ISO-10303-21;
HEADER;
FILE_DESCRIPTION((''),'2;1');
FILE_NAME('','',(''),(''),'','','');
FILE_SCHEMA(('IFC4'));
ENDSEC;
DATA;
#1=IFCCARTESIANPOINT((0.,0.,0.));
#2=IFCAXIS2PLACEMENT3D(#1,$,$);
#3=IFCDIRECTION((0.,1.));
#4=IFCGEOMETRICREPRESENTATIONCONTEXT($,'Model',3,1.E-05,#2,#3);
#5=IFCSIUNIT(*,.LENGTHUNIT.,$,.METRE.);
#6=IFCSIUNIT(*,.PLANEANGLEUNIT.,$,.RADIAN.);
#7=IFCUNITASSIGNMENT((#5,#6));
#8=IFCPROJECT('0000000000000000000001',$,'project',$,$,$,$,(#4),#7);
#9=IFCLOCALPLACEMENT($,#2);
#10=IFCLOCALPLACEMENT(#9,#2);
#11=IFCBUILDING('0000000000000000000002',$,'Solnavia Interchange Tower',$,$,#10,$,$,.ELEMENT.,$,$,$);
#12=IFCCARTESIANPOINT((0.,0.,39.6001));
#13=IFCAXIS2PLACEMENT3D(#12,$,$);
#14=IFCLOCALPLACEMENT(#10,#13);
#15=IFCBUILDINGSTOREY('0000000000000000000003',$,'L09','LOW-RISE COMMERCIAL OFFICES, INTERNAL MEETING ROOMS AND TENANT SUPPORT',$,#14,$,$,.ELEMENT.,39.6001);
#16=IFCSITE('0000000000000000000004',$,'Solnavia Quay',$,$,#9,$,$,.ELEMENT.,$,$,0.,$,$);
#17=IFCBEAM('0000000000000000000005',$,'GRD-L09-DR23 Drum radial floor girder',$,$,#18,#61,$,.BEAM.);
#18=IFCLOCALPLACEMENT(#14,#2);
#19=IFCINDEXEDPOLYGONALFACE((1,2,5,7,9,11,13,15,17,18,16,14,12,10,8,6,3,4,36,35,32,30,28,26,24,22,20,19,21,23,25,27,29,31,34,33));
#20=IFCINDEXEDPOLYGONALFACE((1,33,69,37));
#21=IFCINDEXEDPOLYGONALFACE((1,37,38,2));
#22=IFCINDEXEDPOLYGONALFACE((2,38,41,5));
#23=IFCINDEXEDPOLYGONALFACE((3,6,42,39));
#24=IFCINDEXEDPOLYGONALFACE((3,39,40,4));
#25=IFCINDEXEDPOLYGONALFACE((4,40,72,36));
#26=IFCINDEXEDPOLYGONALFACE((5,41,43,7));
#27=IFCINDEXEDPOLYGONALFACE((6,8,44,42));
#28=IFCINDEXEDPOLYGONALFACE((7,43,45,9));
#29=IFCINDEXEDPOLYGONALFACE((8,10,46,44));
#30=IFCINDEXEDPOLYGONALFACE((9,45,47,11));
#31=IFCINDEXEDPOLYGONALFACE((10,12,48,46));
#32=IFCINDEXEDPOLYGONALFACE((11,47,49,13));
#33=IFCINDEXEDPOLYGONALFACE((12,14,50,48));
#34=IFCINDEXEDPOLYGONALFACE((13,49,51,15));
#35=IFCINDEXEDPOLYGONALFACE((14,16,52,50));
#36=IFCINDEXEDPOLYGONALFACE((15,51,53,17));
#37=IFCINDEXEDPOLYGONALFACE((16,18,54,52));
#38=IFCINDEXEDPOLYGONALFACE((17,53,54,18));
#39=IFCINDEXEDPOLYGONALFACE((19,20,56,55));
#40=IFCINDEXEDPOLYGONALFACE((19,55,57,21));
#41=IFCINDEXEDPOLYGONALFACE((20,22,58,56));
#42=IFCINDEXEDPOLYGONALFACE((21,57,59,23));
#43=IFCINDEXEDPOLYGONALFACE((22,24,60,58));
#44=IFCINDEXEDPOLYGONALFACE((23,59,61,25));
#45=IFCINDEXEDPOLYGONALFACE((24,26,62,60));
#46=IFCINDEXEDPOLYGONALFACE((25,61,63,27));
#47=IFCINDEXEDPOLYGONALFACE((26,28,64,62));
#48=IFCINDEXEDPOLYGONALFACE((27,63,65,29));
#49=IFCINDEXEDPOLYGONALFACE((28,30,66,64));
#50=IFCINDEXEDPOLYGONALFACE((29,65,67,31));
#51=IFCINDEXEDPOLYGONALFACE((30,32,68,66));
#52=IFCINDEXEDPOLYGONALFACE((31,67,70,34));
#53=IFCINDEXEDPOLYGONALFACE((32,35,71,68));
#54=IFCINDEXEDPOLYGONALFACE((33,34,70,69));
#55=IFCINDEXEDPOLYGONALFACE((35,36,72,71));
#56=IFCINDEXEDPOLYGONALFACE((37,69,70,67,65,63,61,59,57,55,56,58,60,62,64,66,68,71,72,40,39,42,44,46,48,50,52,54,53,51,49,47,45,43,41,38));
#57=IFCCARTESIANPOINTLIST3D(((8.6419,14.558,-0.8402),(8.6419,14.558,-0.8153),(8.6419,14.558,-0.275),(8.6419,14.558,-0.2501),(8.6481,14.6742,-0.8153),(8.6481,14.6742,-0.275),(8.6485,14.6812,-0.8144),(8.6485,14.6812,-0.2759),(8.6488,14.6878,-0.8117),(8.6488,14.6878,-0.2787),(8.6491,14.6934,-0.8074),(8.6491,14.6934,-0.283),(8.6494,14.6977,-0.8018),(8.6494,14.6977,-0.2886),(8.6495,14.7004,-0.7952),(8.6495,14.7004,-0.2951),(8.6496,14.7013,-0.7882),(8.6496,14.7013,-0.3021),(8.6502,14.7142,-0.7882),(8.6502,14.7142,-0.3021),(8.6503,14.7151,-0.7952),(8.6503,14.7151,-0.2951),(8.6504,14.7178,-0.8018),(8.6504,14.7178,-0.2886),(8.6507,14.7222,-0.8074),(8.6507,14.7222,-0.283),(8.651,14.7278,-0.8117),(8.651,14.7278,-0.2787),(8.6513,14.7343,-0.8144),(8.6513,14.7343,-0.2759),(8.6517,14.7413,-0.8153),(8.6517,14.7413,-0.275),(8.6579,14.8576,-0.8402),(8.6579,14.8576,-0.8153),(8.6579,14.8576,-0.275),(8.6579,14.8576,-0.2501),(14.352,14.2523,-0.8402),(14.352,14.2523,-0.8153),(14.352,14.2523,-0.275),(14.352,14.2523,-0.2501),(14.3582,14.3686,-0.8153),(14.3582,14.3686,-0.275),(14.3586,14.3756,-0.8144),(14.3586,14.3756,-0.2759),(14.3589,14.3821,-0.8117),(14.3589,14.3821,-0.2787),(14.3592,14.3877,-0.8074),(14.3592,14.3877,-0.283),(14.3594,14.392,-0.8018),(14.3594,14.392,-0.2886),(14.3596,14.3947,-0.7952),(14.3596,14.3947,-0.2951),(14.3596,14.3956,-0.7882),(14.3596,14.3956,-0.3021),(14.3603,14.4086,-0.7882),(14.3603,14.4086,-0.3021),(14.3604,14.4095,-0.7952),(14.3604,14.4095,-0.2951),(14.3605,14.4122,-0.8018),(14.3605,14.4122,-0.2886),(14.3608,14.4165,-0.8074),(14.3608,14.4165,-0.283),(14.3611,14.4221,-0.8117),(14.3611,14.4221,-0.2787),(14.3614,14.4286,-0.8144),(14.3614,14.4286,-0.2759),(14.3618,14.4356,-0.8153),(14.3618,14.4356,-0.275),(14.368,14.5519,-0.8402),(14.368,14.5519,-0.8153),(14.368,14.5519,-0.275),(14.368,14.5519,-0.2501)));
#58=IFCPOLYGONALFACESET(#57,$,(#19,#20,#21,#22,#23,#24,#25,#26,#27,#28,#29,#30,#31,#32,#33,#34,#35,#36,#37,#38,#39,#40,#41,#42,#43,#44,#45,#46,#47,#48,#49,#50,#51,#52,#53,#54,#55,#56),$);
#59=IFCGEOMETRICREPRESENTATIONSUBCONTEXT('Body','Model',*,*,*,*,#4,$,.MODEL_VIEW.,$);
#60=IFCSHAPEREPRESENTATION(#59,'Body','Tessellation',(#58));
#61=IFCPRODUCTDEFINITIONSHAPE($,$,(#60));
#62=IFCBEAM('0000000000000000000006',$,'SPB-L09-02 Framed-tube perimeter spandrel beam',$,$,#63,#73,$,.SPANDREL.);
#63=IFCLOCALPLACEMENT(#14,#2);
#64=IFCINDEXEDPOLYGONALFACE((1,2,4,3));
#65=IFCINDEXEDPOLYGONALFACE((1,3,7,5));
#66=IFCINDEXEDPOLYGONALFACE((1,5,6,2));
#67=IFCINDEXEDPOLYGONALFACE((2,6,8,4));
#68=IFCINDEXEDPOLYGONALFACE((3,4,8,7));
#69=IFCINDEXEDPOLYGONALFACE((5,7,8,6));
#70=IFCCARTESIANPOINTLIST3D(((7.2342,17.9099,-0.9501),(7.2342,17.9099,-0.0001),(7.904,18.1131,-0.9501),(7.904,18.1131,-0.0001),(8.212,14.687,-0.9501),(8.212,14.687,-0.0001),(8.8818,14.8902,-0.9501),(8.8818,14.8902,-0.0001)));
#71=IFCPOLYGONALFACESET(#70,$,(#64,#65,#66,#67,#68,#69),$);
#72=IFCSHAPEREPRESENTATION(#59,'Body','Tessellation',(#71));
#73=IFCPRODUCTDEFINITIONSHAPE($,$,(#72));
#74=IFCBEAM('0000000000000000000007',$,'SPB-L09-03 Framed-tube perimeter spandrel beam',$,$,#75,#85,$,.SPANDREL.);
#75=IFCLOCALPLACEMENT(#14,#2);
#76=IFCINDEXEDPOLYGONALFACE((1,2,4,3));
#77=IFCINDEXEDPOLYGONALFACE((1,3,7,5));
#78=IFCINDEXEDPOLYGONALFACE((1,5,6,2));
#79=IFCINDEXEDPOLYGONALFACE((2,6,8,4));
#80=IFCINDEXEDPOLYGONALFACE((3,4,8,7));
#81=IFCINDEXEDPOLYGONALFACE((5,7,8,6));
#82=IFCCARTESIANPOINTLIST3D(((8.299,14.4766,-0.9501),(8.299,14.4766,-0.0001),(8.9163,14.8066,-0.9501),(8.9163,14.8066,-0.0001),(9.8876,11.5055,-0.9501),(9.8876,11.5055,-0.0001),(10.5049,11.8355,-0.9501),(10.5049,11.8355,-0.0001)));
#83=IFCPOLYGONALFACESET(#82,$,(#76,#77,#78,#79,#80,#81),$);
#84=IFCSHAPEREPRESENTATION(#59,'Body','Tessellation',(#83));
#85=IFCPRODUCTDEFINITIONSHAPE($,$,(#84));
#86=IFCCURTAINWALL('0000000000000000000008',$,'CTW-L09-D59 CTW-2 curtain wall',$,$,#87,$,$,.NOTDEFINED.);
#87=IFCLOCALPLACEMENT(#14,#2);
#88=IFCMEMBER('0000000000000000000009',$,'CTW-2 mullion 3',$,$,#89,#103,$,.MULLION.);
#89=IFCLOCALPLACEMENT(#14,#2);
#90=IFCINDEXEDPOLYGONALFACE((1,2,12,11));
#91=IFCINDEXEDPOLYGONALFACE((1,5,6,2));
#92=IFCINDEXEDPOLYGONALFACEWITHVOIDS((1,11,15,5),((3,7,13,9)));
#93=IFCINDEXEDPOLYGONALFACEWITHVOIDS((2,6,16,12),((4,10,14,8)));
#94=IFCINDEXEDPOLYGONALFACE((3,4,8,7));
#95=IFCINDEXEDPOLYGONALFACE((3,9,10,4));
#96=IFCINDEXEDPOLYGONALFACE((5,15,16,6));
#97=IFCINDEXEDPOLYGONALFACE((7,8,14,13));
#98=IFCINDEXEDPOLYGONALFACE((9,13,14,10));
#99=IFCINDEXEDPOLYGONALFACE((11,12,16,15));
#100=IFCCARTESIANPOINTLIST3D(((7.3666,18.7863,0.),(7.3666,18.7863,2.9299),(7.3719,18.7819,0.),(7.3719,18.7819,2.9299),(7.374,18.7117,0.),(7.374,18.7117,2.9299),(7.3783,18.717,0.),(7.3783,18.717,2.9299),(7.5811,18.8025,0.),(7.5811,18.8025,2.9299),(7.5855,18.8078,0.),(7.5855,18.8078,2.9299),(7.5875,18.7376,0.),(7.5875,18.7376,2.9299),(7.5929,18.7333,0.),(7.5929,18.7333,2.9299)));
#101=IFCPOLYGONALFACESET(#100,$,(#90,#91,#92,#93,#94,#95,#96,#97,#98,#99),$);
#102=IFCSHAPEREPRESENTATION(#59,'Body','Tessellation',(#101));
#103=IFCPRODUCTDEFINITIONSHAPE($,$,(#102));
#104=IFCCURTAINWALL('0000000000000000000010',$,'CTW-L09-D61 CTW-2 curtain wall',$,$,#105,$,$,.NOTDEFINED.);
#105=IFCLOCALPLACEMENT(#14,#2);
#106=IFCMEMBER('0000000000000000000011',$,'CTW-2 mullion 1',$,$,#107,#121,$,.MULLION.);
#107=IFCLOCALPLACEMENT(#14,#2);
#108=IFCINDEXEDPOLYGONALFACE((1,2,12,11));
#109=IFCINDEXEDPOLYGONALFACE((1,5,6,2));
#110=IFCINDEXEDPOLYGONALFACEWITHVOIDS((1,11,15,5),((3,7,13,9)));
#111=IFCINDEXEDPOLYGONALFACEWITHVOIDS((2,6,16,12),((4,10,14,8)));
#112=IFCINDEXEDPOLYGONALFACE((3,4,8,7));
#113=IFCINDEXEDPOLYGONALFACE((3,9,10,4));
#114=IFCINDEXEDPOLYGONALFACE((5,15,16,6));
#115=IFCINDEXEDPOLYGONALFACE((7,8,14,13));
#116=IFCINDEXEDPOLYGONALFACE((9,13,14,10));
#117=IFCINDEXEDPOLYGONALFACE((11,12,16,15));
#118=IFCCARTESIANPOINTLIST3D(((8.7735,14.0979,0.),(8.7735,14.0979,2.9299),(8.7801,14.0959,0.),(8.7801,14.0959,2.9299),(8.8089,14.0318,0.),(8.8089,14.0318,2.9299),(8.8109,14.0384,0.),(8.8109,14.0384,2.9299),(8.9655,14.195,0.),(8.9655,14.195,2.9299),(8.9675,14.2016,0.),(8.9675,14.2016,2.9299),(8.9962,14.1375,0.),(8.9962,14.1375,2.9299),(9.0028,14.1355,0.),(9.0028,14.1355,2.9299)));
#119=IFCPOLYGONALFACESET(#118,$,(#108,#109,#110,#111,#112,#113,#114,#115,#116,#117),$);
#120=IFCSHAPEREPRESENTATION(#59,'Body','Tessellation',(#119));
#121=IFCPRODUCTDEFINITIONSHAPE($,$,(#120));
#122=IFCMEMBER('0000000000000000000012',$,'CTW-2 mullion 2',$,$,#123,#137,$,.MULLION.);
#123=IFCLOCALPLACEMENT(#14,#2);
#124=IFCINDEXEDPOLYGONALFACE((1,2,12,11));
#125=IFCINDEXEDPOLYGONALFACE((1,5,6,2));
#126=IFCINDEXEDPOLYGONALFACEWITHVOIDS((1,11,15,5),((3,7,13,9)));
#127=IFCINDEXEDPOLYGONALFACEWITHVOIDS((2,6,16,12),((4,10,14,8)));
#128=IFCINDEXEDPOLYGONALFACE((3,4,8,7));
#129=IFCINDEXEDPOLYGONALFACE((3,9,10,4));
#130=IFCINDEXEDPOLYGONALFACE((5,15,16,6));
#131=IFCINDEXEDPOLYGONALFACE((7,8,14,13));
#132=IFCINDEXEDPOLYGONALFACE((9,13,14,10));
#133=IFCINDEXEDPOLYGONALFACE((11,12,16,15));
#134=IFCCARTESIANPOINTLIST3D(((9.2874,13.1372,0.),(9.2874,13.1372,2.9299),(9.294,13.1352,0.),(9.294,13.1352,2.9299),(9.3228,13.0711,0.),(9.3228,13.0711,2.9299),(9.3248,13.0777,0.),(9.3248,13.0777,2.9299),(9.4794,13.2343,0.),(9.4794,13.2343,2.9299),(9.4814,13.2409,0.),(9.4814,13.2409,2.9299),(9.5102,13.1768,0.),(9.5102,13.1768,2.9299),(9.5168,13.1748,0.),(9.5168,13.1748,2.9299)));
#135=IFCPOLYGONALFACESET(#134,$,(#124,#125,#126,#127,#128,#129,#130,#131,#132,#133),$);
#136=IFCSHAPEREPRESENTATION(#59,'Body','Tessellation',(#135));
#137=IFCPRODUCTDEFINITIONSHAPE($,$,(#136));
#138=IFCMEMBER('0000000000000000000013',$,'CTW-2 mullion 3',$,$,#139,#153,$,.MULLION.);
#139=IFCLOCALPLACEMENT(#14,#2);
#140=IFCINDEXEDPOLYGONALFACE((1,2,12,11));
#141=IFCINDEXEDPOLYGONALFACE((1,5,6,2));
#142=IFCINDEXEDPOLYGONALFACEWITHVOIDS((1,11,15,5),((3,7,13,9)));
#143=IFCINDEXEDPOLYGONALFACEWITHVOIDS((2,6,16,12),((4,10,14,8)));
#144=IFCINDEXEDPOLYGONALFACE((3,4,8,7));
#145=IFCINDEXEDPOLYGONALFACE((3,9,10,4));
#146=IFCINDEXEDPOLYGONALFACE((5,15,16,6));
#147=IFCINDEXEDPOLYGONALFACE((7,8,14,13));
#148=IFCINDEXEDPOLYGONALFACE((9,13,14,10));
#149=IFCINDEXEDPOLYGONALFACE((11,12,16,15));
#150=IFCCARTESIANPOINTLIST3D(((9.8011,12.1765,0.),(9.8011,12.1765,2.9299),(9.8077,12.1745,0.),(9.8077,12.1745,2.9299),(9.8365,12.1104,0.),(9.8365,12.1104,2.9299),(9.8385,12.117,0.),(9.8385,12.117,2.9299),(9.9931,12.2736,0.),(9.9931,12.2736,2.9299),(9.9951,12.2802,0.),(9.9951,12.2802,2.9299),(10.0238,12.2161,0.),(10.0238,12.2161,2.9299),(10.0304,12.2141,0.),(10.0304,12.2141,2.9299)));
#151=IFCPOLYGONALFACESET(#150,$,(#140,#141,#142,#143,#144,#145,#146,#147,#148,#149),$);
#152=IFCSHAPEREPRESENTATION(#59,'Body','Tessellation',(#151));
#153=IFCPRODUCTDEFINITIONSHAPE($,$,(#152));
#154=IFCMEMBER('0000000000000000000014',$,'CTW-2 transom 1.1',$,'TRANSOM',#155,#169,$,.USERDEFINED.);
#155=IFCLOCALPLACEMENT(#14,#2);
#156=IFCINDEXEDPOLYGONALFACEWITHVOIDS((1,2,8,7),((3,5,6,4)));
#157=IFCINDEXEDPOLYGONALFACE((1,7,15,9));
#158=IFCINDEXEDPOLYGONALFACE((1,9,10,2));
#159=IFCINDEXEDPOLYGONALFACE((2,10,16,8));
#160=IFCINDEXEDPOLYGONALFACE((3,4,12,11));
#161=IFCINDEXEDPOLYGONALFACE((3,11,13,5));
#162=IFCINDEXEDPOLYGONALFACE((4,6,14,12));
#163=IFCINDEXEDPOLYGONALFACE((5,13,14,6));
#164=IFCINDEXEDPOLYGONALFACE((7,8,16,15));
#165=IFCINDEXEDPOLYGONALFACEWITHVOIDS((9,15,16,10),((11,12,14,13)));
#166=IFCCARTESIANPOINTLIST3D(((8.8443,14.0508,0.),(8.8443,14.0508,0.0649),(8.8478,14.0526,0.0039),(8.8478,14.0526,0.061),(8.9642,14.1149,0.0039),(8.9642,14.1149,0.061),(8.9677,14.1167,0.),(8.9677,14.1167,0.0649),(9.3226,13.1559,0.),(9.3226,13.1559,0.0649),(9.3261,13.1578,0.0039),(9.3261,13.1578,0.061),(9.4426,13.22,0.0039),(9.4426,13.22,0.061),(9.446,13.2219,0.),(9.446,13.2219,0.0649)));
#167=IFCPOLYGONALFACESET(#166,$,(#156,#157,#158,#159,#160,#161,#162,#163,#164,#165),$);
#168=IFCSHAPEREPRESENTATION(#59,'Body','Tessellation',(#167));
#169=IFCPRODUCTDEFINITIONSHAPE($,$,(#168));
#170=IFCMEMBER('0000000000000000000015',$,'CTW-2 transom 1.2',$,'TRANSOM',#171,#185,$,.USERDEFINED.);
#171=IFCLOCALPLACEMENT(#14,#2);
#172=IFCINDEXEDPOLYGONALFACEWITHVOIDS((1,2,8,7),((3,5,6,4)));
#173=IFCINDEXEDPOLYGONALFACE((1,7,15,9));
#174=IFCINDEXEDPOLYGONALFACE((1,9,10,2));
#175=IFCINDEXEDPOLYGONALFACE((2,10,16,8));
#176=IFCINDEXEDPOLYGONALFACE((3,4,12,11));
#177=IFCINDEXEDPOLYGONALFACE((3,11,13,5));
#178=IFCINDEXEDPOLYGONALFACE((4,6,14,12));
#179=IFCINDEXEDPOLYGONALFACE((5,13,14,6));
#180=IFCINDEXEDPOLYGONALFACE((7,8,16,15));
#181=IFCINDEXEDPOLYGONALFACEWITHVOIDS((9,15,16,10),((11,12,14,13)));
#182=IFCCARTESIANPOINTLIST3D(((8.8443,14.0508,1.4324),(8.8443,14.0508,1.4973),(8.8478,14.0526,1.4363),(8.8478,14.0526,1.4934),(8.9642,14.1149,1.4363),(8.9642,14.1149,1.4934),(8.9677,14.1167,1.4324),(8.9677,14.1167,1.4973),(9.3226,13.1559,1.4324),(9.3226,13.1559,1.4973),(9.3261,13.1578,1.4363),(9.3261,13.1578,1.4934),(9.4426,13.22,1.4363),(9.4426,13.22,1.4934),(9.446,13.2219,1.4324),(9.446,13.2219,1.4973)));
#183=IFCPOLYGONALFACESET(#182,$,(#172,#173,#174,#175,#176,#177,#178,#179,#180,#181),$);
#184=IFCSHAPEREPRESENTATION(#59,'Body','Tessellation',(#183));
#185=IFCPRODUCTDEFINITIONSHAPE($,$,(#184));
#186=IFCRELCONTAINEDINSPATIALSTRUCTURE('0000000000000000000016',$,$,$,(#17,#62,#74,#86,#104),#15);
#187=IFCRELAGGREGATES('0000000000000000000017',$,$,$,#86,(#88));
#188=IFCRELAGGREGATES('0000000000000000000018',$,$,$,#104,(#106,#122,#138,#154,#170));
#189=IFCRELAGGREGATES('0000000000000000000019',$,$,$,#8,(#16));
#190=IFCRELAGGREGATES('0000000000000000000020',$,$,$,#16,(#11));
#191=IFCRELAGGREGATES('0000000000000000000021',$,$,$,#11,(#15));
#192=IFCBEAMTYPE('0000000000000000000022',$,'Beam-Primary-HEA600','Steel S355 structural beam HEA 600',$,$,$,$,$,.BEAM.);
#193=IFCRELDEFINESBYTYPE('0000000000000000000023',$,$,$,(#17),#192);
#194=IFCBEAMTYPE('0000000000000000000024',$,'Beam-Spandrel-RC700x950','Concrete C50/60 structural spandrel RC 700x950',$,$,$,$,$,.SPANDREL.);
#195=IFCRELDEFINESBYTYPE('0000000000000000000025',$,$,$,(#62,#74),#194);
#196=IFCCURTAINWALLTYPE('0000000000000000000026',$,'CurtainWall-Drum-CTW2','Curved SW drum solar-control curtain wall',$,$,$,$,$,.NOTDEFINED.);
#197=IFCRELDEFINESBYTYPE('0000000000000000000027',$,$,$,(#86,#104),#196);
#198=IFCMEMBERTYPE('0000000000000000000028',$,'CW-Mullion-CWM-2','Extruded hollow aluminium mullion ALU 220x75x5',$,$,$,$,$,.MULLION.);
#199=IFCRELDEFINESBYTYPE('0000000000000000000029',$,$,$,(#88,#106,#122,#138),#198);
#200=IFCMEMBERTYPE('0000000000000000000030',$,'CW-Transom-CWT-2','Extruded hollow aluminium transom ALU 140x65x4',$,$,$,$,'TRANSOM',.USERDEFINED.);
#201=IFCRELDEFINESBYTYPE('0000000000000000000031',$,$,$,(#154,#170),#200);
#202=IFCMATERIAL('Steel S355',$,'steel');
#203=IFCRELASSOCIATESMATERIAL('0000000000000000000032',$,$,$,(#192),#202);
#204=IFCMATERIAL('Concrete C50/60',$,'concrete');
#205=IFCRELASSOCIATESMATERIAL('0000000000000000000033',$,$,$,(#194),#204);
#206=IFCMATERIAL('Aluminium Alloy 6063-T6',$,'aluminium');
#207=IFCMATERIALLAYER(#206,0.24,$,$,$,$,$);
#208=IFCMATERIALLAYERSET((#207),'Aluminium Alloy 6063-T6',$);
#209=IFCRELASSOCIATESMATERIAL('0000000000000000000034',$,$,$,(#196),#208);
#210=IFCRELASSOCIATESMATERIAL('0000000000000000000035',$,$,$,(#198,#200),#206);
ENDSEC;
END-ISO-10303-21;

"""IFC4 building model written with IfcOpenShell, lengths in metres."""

from ifc_helpers import new_model, si_unit, direction, frame, origin, origin_2d, place, context, subcontext, project, spatial, rectangle, hollow_rectangle, i_section, extrude, material, layer, layer_set, material_profile, profile_set, type_object, element, aggregate, save


model = new_model("IFC4")

# Units and contexts
model_context = context("Model", 3, precision=1e-05, world=origin(), true_north=direction((0.0, 1.0)))
body_context = subcontext(model_context, "Body", "Model", "MODEL_VIEW")
ifc_project = project(units=[si_unit("LENGTHUNIT", "METRE"), si_unit("PLANEANGLEUNIT", "RADIAN")], contexts=[model_context])

# Site, building, storey
site_placement = place(None, origin())
site = spatial("IfcSite", under=ifc_project, at=site_placement, Name="Solnavia Quay", CompositionType="ELEMENT", RefElevation=0.0)
building_placement = place(site_placement, origin())
building = spatial("IfcBuilding", under=site, at=building_placement, Name="Solnavia Interchange Tower", CompositionType="ELEMENT")
storey_placement = place(building_placement, frame((0.0, 0.0, 39.6001)))
storey = spatial("IfcBuildingStorey", under=building, at=storey_placement, Name="L09", Description="LOW-RISE COMMERCIAL OFFICES, INTERNAL MEETING ROOMS AND TENANT SUPPORT", CompositionType="ELEMENT", Elevation=39.6001)

# Beams
ifc_material_1 = material(Name="Steel S355", Category="steel")
ifc_material_profile_1 = material_profile(ifc_material_1, i_section(OverallWidth=0.3, OverallDepth=0.5901, WebThickness=0.0129, FlangeThickness=0.0249, FilletRadius=0.0271, at=origin_2d()), Name="HEA 600")
ifc_profile_set_1 = profile_set([ifc_material_profile_1], Name="Steel S355")
beam_type_1 = type_object("IfcBeamType", Name="Beam-Primary-HEA600", Description="Steel S355 structural beam HEA 600", PredefinedType="BEAM", material=ifc_profile_set_1)
beam_1_placement = place(storey_placement, frame((8.6499, 14.7078, -0.5452), z_axis=(0.99857, -0.053453, 0.0), x_axis=(0.053453, 0.99857, 0.0)))
element("IfcBeam", 1, at=beam_1_placement, inside=storey, type_object=beam_type_1, Name="GRD-L09-DR23 Drum radial floor girder", PredefinedType="BEAM", context=body_context, shape_type="SweptSolid", body=[
    extrude(i_section(OverallWidth=0.3, OverallDepth=0.5901, WebThickness=0.0129, FlangeThickness=0.0249, FilletRadius=0.0271, at=origin_2d()), origin(), (0.0, 0.0, 1.0), 5.7183),
])
ifc_material_2 = material(Name="Concrete C50/60", Category="concrete")
ifc_material_profile_2 = material_profile(ifc_material_2, rectangle(XDim=0.7, YDim=0.95, at=origin_2d()), Name="RC 700x950")
ifc_profile_set_2 = profile_set([ifc_material_profile_2], Name="Concrete C50/60")
beam_type_2 = type_object("IfcBeamType", Name="Beam-Spandrel-RC700x950", Description="Concrete C50/60 structural spandrel RC 700x950", PredefinedType="SPANDREL", material=ifc_profile_set_2)
beam_2_placement = place(storey_placement, frame((7.5691, 18.0115, -0.4751), z_axis=(0.290319, -0.95693, 0.0), x_axis=(0.95693, 0.290319, 0.0)))
element("IfcBeam", 2, at=beam_2_placement, inside=storey, type_object=beam_type_2, Name="SPB-L09-02 Framed-tube perimeter spandrel beam", PredefinedType="SPANDREL", context=body_context, shape_type="SweptSolid", body=[
    extrude(rectangle(XDim=0.7, YDim=0.95, at=origin_2d()), origin(), (0.0, 0.0, 1.0), 3.3679),
])
beam_3_placement = place(storey_placement, frame((8.6077, 14.6416, -0.4751), z_axis=(0.471509, -0.881861, 0.0), x_axis=(0.881861, 0.471509, 0.0)))
element("IfcBeam", 3, at=beam_3_placement, inside=storey, type_object=beam_type_2, Name="SPB-L09-03 Framed-tube perimeter spandrel beam", PredefinedType="SPANDREL", context=body_context, shape_type="SweptSolid", body=[
    extrude(rectangle(XDim=0.7, YDim=0.95, at=origin_2d()), origin(), (0.0, 0.0, 1.0), 3.3691),
])

# Curtain wall, member
ifc_material_3 = material(Name="Aluminium Alloy 6063-T6", Category="aluminium")
ifc_layer_1 = layer(ifc_material_3, 0.24)
ifc_layer_set_1 = layer_set([ifc_layer_1], Name="Aluminium Alloy 6063-T6")
curtain_wall_type = type_object("IfcCurtainWallType", Name="CurtainWall-Drum-CTW2", Description="Curved SW drum solar-control curtain wall", PredefinedType="NOTDEFINED", material=ifc_layer_set_1)
curtain_wall_1_placement = place(storey_placement, origin())
curtain_wall_1 = element("IfcCurtainWall", 4, at=curtain_wall_1_placement, inside=storey, type_object=curtain_wall_type, Name="CTW-L09-D59 CTW-2 curtain wall", PredefinedType="NOTDEFINED")
ifc_material_profile_3 = material_profile(ifc_material_3, hollow_rectangle(XDim=0.075, YDim=0.22, WallThickness=0.0049, at=origin_2d()), Name="ALU 220x75x5")
ifc_profile_set_3 = profile_set([ifc_material_profile_3], Name="Aluminium Alloy 6063-T6")
member_type_1 = type_object("IfcMemberType", Name="CW-Mullion-CWM-2", Description="Extruded hollow aluminium mullion ALU 220x75x5", PredefinedType="MULLION", material=ifc_profile_set_3)
member_1_placement = place(storey_placement, frame((7.4797, 18.7598, 0.0), z_axis=(0.0, 0.0, 1.0), x_axis=(0.098045, -0.995182, 0.0)))
member_1 = element("IfcMember", 5, at=member_1_placement, type_object=member_type_1, Name="CTW-2 mullion 3", PredefinedType="MULLION", context=body_context, shape_type="SweptSolid", body=[
    extrude(hollow_rectangle(XDim=0.075, YDim=0.22, WallThickness=0.0049, at=origin_2d()), origin(), (0.0, 0.0, 1.0), 2.9299),
])

# Curtain wall, members
curtain_wall_2_placement = place(storey_placement, origin())
curtain_wall_2 = element("IfcCurtainWall", 6, at=curtain_wall_2_placement, inside=storey, type_object=curtain_wall_type, Name="CTW-L09-D61 CTW-2 curtain wall", PredefinedType="NOTDEFINED")
member_2_placement = place(storey_placement, frame((8.8882, 14.1167, 0.0), z_axis=(0.0, 0.0, 1.0), x_axis=(0.471537, -0.881846, 0.0)))
member_2 = element("IfcMember", 7, at=member_2_placement, type_object=member_type_1, Name="CTW-2 mullion 1", PredefinedType="MULLION", context=body_context, shape_type="SweptSolid", body=[
    extrude(hollow_rectangle(XDim=0.075, YDim=0.22, WallThickness=0.0049, at=origin_2d()), origin(), (0.0, 0.0, 1.0), 2.9299),
])
member_3_placement = place(storey_placement, frame((9.4021, 13.156, 0.0), z_axis=(0.0, 0.0, 1.0), x_axis=(0.471537, -0.881846, 0.0)))
member_3 = element("IfcMember", 8, at=member_3_placement, type_object=member_type_1, Name="CTW-2 mullion 2", PredefinedType="MULLION", context=body_context, shape_type="SweptSolid", body=[
    extrude(hollow_rectangle(XDim=0.075, YDim=0.22, WallThickness=0.0049, at=origin_2d()), origin(), (0.0, 0.0, 1.0), 2.9299),
])
member_4_placement = place(storey_placement, frame((9.9158, 12.1953, 0.0), z_axis=(0.0, 0.0, 1.0), x_axis=(0.471537, -0.881846, 0.0)))
member_4 = element("IfcMember", 9, at=member_4_placement, type_object=member_type_1, Name="CTW-2 mullion 3", PredefinedType="MULLION", context=body_context, shape_type="SweptSolid", body=[
    extrude(hollow_rectangle(XDim=0.075, YDim=0.22, WallThickness=0.0049, at=origin_2d()), origin(), (0.0, 0.0, 1.0), 2.9299),
])
ifc_material_profile_4 = material_profile(ifc_material_3, hollow_rectangle(XDim=0.0649, YDim=0.1399, WallThickness=0.0039, at=origin_2d()), Name="ALU 140x65x4")
ifc_profile_set_4 = profile_set([ifc_material_profile_4], Name="Aluminium Alloy 6063-T6")
member_type_2 = type_object("IfcMemberType", Name="CW-Transom-CWT-2", Description="Extruded hollow aluminium transom ALU 140x65x4", ElementType="TRANSOM", PredefinedType="USERDEFINED", material=ifc_profile_set_4)
member_5_placement = place(storey_placement, frame((8.906, 14.0837, 0.0325), z_axis=(0.4714, -0.88192, 0.0), x_axis=(0.0, 0.0, 1.0)))
member_5 = element("IfcMember", 10, at=member_5_placement, type_object=member_type_2, Name="CTW-2 transom 1.1", ObjectType="TRANSOM", PredefinedType="USERDEFINED", context=body_context, shape_type="SweptSolid", body=[
    extrude(hollow_rectangle(XDim=0.0649, YDim=0.1399, WallThickness=0.0039, at=origin_2d()), origin(), (0.0, 0.0, 1.0), 1.0146),
])
member_6_placement = place(storey_placement, frame((8.906, 14.0837, 1.4648), z_axis=(0.4714, -0.88192, 0.0), x_axis=(0.0, 0.0, 1.0)))
member_6 = element("IfcMember", 11, at=member_6_placement, type_object=member_type_2, Name="CTW-2 transom 1.2", ObjectType="TRANSOM", PredefinedType="USERDEFINED", context=body_context, shape_type="SweptSolid", body=[
    extrude(hollow_rectangle(XDim=0.0649, YDim=0.1399, WallThickness=0.0039, at=origin_2d()), origin(), (0.0, 0.0, 1.0), 1.0146),
])

aggregate(curtain_wall_1, [member_1])
aggregate(curtain_wall_2, [member_2, member_3, member_4, member_5, member_6])

save(model, "model.ifc")
